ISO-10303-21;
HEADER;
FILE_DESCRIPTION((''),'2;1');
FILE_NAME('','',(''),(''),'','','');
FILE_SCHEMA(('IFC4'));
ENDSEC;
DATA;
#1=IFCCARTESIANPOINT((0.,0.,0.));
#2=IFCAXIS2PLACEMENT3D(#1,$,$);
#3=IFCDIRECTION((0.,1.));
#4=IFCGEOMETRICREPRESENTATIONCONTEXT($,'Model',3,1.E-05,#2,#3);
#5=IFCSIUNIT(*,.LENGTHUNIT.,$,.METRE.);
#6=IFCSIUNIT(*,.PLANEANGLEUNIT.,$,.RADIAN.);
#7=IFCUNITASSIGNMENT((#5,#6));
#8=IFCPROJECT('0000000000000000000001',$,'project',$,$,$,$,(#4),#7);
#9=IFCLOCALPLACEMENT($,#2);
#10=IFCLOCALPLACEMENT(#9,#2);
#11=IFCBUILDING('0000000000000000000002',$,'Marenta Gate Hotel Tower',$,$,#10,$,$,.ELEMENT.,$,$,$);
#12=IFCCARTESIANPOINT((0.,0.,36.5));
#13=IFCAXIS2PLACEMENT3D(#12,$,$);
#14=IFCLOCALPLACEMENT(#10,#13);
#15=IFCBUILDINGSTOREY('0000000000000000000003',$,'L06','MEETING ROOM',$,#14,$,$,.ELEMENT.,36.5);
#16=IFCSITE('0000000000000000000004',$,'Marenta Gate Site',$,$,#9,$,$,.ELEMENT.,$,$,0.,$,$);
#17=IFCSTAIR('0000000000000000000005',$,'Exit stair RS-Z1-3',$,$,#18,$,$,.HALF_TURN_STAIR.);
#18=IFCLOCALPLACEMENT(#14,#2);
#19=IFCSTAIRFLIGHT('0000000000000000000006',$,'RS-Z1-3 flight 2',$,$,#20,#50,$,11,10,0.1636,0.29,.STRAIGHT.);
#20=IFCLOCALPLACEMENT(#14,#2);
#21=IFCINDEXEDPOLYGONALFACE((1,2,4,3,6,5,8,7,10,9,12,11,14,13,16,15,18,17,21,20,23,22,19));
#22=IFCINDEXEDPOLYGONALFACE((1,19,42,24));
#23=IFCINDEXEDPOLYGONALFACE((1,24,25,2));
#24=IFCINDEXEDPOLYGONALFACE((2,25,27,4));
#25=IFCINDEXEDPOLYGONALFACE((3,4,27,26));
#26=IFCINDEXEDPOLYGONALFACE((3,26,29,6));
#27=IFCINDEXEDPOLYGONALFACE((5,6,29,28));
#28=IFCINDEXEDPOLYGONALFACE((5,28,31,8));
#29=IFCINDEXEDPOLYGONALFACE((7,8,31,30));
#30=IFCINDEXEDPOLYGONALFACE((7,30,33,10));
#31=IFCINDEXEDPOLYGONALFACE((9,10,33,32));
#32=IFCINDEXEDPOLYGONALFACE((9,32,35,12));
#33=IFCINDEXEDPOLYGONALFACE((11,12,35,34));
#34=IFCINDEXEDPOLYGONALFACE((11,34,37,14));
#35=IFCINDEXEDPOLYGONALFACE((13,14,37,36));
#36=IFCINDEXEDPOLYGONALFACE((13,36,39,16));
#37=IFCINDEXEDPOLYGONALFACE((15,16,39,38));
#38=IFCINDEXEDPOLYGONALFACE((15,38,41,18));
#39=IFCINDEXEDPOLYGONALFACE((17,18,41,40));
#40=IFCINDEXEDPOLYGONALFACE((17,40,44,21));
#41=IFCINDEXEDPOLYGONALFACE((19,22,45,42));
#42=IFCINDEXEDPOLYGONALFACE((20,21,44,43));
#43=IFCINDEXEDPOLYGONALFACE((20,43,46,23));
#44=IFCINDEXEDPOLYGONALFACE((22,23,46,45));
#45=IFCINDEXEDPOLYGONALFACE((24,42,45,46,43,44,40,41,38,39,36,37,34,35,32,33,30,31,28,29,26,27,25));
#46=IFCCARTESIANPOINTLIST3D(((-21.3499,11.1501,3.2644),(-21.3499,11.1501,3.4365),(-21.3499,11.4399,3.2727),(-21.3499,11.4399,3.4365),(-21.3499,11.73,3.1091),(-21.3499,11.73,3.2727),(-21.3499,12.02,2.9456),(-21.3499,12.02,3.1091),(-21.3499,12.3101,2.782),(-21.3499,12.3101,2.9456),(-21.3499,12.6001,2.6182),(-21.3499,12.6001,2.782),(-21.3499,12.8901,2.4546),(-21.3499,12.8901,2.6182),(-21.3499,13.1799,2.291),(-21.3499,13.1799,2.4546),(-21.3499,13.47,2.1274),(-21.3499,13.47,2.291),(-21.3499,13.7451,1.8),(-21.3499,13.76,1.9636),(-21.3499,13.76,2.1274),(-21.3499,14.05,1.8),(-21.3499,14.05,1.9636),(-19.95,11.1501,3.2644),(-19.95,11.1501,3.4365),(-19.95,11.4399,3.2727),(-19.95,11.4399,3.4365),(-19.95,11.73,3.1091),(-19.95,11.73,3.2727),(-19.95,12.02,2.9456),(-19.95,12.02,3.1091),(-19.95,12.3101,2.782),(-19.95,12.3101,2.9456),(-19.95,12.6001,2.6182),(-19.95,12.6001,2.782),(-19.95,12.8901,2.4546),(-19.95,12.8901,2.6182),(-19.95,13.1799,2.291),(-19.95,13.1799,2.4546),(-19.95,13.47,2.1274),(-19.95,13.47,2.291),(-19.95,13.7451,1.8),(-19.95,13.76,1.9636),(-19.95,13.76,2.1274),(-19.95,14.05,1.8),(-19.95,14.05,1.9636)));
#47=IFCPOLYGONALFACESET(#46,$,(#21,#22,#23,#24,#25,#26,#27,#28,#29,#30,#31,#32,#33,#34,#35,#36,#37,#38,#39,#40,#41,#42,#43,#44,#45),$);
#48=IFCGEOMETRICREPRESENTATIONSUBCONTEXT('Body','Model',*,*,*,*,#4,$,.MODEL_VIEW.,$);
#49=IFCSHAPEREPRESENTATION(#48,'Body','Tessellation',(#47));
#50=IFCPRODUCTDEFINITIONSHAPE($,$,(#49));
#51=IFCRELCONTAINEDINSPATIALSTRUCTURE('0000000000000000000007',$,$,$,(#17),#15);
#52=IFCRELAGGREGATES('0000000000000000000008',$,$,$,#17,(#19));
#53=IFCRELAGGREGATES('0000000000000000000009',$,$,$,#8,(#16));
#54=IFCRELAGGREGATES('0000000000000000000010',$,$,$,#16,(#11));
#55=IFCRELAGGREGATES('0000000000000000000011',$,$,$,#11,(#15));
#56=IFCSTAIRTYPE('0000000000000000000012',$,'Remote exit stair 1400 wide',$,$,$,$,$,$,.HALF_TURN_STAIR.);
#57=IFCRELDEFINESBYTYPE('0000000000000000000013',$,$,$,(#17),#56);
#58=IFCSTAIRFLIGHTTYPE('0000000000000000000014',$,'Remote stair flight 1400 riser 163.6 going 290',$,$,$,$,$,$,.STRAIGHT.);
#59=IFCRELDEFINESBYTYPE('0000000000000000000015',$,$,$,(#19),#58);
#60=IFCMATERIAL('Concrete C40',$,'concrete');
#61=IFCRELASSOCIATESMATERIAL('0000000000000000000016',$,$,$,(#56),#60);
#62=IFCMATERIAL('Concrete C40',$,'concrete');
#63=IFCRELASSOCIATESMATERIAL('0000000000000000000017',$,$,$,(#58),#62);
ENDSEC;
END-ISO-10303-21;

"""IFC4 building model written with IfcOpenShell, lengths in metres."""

from ifc_helpers import new_model, si_unit, direction, frame, origin, place, context, subcontext, project, spatial, polyline, outline, extrude, material, type_object, element, aggregate, save


model = new_model("IFC4")

# Units and contexts
model_context = context("Model", 3, precision=1e-05, world=origin(), true_north=direction((0.0, 1.0)))
body_context = subcontext(model_context, "Body", "Model", "MODEL_VIEW")
ifc_project = project(units=[si_unit("LENGTHUNIT", "METRE"), si_unit("PLANEANGLEUNIT", "RADIAN")], contexts=[model_context])

# Site, building, storey
site_placement = place(None, origin())
site = spatial("IfcSite", under=ifc_project, at=site_placement, Name="Marenta Gate Site", CompositionType="ELEMENT", RefElevation=0.0)
building_placement = place(site_placement, origin())
building = spatial("IfcBuilding", under=site, at=building_placement, Name="Marenta Gate Hotel Tower", CompositionType="ELEMENT")
storey_placement = place(building_placement, frame((0.0, 0.0, 36.5)))
storey = spatial("IfcBuildingStorey", under=building, at=storey_placement, Name="L06", Description="MEETING ROOM", CompositionType="ELEMENT", Elevation=36.5)

# Stair, stair flight
ifc_material_1 = material(Name="Concrete C40", Category="concrete")
stair_type = type_object("IfcStairType", Name="Remote exit stair 1400 wide", PredefinedType="HALF_TURN_STAIR", material=ifc_material_1)
stair_placement = place(storey_placement, origin())
stair = element("IfcStair", 1, at=stair_placement, inside=storey, type_object=stair_type, Name="Exit stair RS-Z1-3", PredefinedType="HALF_TURN_STAIR")
ifc_material_2 = material(Name="Concrete C40", Category="concrete")
stair_flight_type = type_object("IfcStairFlightType", Name="Remote stair flight 1400 riser 163.6 going 290", PredefinedType="STRAIGHT", material=ifc_material_2)
stair_flight_1_placement = place(storey_placement, frame((-20.6499, 14.05, 1.8), z_axis=(0.0, 0.0, 1.0), x_axis=(0.0, -1.0, 0.0)))
stair_flight_1 = element("IfcStairFlight", 2, at=stair_flight_1_placement, type_object=stair_flight_type, Name="RS-Z1-3 flight 2", NumberOfRisers=11, NumberOfTreads=10, PredefinedType="STRAIGHT", RiserHeight=0.1636, TreadLength=0.29, context=body_context, shape_type="SweptSolid", body=[
    extrude(outline(polyline([(0.0, 0.0), (0.0, 0.1636), (0.29, 0.1636), (0.29, 0.3274), (0.5801, 0.3274), (0.5801, 0.491), (0.8701, 0.491), (0.8701, 0.6545), (1.1599, 0.6545), (1.1599, 0.8181), (1.45, 0.8181), (1.45, 0.9819), (1.74, 0.9819), (1.74, 1.1455), (2.03, 1.1455), (2.03, 1.3091), (2.3201, 1.3091), (2.3201, 1.4727), (2.6101, 1.4727), (2.6101, 1.6365), (2.8999, 1.6365), (2.8999, 1.8), (2.8999, 1.4644), (0.3049, 0.0), (0.0, 0.0)])), frame((0.0, 0.7, 0.0), z_axis=(0.0, -1.0, 0.0), x_axis=(1.0, 0.0, 0.0)), (0.0, 0.0, 1.0), 1.3999),
])
aggregate(stair, [stair_flight_1])

save(model, "model.ifc")
